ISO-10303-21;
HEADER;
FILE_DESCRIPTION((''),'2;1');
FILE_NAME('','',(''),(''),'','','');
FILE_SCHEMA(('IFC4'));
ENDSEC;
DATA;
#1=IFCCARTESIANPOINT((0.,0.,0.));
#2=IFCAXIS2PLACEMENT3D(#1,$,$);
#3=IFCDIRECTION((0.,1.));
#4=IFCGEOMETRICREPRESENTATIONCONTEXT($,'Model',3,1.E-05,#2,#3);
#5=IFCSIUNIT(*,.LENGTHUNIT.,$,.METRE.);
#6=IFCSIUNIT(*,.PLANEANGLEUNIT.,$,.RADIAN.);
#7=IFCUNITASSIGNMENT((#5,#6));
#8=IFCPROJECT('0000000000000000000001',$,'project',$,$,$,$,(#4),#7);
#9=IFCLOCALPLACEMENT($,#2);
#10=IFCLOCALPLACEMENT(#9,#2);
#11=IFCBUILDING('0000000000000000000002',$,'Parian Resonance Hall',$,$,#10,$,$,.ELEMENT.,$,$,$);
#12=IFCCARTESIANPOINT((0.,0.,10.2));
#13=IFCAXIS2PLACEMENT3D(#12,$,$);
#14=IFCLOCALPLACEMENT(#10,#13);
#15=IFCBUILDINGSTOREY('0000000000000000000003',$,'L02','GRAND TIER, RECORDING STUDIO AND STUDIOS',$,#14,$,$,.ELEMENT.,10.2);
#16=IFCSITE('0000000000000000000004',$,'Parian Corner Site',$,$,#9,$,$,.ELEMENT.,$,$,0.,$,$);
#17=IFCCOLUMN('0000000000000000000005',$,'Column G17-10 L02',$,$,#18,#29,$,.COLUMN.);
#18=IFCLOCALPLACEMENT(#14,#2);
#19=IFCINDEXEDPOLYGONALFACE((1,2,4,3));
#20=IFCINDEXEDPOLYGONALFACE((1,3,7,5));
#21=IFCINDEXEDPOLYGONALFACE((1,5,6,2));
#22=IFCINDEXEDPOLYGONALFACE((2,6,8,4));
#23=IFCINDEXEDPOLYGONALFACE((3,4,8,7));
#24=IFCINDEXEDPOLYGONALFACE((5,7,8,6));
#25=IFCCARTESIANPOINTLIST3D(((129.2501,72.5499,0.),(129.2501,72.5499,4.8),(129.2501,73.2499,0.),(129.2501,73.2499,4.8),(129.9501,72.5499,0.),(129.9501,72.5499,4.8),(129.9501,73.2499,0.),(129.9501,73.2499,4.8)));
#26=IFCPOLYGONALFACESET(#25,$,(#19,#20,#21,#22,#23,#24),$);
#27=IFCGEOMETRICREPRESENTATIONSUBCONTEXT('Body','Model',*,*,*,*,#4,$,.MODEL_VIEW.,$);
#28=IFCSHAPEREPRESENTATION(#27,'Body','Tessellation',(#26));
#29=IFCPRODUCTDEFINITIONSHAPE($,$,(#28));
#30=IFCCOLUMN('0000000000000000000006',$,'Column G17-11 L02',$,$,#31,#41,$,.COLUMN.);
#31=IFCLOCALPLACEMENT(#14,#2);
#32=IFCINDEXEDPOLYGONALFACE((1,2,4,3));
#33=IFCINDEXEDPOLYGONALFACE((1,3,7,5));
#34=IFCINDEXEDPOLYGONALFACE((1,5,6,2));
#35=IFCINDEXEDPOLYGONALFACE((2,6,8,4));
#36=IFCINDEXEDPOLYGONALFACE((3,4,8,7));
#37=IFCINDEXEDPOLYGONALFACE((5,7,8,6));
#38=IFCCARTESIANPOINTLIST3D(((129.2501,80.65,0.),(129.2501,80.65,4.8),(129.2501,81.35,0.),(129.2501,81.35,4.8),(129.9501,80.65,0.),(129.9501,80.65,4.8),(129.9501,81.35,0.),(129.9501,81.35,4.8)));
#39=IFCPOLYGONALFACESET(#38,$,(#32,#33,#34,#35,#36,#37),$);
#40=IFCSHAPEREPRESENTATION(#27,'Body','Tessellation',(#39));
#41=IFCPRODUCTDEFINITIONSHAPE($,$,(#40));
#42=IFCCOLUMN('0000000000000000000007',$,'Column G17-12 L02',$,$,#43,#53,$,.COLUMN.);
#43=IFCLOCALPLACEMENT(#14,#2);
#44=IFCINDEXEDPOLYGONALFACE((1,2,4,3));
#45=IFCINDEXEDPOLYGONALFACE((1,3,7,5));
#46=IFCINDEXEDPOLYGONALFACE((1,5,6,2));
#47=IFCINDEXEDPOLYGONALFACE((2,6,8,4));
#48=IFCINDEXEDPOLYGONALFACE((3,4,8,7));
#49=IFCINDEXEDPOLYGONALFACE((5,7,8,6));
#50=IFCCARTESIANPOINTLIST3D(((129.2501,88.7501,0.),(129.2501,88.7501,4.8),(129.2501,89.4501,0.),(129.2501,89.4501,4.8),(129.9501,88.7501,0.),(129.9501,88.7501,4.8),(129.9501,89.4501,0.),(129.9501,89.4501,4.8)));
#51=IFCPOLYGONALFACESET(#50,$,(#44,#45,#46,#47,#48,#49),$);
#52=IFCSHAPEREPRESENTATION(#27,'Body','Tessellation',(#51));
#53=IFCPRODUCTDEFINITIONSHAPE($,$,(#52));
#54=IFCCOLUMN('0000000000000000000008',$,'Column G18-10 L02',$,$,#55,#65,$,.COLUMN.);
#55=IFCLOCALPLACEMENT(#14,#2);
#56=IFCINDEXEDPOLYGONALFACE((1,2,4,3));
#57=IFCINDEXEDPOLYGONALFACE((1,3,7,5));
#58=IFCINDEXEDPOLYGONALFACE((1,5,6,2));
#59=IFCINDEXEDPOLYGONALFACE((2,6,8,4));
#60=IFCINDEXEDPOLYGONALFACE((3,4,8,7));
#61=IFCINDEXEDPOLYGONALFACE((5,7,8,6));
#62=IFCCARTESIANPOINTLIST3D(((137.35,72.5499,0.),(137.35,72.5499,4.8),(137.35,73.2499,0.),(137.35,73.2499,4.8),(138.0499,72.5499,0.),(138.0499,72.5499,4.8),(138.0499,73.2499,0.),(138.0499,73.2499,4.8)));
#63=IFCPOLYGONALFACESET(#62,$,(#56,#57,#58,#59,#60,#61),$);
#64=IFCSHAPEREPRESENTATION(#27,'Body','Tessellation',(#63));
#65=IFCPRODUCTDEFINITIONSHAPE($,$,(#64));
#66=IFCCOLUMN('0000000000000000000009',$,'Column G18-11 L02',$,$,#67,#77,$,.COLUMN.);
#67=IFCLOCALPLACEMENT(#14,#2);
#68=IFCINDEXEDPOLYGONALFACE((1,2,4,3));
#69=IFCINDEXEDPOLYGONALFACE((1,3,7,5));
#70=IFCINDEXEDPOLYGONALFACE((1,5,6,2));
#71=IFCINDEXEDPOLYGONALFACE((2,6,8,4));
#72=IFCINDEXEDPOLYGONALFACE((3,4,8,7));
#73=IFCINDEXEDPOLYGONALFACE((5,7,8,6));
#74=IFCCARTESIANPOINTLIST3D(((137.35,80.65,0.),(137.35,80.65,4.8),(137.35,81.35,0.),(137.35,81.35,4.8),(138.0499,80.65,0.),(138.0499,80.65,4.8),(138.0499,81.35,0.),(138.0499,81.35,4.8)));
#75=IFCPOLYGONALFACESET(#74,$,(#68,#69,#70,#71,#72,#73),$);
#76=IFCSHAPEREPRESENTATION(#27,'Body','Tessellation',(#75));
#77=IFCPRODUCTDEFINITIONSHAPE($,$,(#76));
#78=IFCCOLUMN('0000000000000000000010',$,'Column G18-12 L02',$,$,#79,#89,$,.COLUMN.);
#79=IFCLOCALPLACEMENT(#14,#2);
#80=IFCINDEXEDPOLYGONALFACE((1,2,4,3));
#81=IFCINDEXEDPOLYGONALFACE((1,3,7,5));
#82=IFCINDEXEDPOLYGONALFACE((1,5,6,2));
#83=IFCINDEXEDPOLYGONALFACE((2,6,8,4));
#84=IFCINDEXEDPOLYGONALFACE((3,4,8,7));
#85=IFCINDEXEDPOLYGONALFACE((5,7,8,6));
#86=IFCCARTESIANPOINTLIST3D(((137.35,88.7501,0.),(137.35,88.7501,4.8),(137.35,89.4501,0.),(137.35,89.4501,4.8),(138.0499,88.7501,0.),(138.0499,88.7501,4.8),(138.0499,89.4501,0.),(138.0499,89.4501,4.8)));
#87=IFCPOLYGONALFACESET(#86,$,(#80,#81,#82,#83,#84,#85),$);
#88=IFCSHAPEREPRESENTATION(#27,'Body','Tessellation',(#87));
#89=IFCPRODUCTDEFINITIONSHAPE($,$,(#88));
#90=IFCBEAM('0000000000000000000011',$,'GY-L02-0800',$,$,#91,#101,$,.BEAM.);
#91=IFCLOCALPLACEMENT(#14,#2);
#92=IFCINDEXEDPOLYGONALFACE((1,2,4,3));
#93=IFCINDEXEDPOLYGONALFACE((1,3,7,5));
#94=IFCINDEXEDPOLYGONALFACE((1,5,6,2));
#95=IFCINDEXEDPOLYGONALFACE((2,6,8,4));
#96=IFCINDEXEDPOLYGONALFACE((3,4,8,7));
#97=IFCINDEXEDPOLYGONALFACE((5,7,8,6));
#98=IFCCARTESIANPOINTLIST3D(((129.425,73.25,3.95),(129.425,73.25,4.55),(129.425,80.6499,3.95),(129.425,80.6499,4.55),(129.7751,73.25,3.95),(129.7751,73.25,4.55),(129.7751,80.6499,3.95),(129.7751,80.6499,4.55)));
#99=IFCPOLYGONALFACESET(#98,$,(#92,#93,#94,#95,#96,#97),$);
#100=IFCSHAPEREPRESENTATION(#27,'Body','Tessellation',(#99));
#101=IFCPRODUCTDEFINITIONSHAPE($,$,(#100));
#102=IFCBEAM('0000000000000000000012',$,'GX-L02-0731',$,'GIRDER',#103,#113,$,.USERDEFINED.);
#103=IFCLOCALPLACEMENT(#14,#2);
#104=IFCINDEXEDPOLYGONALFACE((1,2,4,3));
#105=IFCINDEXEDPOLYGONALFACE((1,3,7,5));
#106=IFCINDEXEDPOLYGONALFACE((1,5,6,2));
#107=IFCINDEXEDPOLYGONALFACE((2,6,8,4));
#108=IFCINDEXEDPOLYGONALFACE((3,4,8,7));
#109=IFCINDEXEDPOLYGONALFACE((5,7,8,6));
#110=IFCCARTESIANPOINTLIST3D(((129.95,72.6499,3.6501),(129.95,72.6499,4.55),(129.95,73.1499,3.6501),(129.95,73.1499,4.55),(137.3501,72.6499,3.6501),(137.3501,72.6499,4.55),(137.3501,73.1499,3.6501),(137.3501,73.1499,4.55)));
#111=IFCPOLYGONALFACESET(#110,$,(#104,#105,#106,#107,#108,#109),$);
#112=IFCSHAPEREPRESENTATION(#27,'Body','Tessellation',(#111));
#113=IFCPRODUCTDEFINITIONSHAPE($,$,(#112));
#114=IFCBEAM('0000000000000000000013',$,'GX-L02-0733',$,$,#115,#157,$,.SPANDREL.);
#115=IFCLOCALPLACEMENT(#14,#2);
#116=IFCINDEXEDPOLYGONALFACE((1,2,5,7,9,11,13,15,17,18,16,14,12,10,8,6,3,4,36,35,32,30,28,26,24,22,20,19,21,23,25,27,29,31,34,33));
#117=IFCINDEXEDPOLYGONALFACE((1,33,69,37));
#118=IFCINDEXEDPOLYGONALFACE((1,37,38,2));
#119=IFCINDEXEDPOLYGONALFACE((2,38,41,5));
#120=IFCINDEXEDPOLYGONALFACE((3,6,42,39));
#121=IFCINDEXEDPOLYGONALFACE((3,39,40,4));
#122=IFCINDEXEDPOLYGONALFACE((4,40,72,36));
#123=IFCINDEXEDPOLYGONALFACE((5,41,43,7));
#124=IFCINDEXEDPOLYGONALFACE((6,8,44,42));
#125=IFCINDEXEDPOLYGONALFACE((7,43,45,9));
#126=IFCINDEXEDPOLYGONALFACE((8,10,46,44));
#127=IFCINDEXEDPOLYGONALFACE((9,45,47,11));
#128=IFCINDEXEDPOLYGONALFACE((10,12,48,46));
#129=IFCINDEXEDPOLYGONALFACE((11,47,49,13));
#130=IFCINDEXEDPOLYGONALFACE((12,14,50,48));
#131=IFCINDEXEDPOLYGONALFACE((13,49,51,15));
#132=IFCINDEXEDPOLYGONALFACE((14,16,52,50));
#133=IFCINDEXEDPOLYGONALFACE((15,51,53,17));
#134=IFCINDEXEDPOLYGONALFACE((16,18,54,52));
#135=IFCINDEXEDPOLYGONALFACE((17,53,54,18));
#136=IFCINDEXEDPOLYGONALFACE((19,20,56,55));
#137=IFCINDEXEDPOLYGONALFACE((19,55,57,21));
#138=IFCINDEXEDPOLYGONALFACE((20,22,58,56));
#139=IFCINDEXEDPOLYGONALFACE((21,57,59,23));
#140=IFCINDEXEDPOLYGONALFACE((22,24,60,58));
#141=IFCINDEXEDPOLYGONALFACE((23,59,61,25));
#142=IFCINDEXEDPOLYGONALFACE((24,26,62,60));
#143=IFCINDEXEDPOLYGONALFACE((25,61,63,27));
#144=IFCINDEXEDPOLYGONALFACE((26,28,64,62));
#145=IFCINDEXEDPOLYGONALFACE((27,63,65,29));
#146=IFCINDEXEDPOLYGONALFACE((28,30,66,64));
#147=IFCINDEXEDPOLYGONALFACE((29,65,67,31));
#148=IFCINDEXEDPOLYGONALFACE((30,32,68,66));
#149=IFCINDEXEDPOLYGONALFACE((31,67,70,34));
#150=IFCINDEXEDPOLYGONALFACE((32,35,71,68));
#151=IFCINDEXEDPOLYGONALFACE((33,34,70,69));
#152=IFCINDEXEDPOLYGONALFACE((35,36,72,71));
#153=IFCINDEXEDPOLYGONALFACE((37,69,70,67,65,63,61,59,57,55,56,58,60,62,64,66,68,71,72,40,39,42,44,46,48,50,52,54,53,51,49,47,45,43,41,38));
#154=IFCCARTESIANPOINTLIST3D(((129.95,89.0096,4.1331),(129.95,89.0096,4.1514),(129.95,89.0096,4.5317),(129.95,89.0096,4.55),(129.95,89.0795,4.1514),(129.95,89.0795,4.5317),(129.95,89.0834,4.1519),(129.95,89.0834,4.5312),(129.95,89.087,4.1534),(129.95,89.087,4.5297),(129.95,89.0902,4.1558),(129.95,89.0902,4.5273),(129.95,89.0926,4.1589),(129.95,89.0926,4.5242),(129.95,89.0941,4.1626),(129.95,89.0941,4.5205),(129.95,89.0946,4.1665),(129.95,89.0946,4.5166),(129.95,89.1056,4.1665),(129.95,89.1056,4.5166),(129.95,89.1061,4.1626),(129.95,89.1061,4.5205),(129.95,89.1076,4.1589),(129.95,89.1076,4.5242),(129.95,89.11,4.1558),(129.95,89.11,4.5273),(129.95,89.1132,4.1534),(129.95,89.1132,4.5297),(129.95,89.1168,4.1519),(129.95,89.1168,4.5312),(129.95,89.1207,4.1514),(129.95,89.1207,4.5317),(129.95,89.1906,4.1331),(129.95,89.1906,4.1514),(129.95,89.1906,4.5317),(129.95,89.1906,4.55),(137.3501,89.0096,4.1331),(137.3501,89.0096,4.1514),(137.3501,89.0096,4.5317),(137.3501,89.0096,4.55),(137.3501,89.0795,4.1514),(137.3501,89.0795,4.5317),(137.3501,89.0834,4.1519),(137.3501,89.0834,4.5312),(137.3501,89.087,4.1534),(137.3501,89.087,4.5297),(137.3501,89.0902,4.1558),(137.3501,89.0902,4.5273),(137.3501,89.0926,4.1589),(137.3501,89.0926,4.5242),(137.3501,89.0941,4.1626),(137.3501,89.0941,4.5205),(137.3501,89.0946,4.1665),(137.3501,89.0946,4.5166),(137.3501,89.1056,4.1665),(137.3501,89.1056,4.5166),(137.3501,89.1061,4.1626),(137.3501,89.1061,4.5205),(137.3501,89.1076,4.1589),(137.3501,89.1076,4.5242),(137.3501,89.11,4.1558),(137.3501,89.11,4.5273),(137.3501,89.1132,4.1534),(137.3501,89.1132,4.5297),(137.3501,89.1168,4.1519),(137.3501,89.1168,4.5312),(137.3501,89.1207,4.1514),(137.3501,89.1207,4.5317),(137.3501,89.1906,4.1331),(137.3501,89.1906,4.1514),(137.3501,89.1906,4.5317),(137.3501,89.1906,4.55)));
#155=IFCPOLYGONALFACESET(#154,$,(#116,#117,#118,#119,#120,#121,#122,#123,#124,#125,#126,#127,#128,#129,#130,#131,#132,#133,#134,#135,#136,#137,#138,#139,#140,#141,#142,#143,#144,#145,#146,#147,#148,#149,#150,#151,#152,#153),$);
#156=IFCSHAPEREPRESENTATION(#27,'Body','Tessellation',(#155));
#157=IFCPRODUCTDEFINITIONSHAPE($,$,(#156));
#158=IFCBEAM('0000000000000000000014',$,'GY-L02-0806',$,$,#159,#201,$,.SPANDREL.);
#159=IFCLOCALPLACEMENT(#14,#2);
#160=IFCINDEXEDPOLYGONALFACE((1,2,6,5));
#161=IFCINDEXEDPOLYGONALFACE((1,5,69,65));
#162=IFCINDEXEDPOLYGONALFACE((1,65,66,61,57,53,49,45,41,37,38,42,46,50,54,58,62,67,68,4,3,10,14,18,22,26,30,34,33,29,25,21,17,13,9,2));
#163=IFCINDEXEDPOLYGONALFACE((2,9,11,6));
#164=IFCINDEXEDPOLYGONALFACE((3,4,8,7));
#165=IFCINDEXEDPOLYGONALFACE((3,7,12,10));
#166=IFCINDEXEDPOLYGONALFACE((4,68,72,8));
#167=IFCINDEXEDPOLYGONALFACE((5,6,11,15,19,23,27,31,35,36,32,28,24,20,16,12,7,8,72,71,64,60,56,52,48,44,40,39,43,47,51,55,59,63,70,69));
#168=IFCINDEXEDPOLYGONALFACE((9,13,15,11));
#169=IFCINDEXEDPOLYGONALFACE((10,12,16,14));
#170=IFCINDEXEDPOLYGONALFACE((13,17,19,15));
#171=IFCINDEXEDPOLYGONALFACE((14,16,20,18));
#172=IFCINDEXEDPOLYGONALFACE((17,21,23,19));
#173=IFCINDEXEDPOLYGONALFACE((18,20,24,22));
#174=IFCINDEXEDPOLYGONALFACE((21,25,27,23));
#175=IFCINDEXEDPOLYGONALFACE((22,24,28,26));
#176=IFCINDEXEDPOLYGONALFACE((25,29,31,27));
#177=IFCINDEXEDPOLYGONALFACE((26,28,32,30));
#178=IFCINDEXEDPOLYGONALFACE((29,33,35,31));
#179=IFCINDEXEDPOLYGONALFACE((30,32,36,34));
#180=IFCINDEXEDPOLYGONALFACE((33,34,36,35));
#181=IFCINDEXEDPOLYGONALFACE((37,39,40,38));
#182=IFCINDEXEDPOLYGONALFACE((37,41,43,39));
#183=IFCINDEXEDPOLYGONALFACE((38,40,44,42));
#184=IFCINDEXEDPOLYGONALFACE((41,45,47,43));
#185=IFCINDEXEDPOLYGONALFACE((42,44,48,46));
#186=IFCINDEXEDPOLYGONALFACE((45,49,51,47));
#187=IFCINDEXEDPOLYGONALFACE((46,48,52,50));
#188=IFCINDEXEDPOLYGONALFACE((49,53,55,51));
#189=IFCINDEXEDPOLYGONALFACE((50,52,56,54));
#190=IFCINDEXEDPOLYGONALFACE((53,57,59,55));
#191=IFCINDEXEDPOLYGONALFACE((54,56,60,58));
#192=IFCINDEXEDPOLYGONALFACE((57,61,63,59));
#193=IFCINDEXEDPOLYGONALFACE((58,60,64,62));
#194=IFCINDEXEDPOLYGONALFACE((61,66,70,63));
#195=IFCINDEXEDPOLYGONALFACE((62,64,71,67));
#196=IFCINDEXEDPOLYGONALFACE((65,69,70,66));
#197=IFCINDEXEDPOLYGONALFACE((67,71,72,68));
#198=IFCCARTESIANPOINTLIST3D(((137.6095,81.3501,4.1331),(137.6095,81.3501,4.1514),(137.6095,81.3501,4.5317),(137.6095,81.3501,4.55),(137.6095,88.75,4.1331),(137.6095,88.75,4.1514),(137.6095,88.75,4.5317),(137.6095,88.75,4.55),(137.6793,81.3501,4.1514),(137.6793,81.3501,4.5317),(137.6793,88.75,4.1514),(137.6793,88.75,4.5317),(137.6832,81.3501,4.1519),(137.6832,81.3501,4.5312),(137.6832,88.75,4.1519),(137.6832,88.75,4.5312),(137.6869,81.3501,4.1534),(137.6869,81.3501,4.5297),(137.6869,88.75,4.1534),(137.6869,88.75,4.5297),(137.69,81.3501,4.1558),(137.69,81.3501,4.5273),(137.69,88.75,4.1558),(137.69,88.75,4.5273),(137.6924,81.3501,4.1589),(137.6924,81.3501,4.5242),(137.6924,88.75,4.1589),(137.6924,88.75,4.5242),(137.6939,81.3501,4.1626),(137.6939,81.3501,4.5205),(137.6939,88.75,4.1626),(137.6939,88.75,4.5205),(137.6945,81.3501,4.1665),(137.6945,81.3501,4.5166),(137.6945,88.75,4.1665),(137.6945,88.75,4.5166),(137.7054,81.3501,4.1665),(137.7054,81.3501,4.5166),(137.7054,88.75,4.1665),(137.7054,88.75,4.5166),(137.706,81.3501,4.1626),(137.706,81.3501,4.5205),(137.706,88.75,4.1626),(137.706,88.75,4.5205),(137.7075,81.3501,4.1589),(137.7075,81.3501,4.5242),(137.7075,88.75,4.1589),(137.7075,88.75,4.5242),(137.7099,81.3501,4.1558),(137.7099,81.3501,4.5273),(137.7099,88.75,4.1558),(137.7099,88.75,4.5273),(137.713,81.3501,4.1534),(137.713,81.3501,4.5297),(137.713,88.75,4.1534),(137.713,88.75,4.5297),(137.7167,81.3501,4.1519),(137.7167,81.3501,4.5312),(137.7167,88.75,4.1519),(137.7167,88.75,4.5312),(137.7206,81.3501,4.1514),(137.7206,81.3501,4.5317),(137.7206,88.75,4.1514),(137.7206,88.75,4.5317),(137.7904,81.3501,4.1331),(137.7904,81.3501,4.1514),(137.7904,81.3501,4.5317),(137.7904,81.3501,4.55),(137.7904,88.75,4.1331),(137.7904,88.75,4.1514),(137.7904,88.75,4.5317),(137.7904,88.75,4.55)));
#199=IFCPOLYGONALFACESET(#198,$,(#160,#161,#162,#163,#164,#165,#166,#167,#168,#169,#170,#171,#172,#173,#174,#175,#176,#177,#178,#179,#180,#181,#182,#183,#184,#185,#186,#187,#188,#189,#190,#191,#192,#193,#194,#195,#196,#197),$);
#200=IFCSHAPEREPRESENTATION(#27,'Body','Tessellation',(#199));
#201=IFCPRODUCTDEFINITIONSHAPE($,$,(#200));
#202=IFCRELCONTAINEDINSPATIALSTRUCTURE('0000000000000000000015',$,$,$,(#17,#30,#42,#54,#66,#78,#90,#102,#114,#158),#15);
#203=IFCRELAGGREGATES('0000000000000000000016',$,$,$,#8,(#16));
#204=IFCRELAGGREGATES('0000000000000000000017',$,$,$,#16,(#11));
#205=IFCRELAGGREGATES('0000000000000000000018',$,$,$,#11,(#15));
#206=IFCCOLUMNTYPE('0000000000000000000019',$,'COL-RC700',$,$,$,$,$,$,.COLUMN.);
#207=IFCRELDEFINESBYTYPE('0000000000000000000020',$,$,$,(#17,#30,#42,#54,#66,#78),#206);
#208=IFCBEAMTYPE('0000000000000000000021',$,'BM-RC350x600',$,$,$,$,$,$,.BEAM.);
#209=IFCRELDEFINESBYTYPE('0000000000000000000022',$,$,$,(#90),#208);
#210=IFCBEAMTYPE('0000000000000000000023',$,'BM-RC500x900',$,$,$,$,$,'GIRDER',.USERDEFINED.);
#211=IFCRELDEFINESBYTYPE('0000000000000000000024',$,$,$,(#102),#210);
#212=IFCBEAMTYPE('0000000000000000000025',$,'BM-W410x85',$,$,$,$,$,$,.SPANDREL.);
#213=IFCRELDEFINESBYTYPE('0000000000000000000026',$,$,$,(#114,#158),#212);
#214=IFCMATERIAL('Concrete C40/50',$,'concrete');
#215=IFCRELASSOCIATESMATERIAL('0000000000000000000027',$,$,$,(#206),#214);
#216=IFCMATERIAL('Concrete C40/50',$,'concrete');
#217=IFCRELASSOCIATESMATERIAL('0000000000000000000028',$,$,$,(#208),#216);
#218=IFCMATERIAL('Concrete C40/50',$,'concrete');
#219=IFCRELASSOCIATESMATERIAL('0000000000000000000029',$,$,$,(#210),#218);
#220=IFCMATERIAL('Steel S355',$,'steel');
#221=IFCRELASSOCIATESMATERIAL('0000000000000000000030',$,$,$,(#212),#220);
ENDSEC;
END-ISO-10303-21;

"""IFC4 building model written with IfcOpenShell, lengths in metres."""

from ifc_helpers import new_model, si_unit, direction, frame, origin, origin_2d, place, context, subcontext, project, spatial, rectangle, i_section, extrude, material, material_profile, profile_set, type_object, element, save


model = new_model("IFC4")

# Units and contexts
model_context = context("Model", 3, precision=1e-05, world=origin(), true_north=direction((0.0, 1.0)))
body_context = subcontext(model_context, "Body", "Model", "MODEL_VIEW")
ifc_project = project(units=[si_unit("LENGTHUNIT", "METRE"), si_unit("PLANEANGLEUNIT", "RADIAN")], contexts=[model_context])

# Site, building, storey
site_placement = place(None, origin())
site = spatial("IfcSite", under=ifc_project, at=site_placement, Name="Parian Corner Site", CompositionType="ELEMENT", RefElevation=0.0)
building_placement = place(site_placement, origin())
building = spatial("IfcBuilding", under=site, at=building_placement, Name="Parian Resonance Hall", CompositionType="ELEMENT")
storey_placement = place(building_placement, frame((0.0, 0.0, 10.2)))
storey = spatial("IfcBuildingStorey", under=building, at=storey_placement, Name="L02", Description="GRAND TIER, RECORDING STUDIO AND STUDIOS", CompositionType="ELEMENT", Elevation=10.2)

# Columns
ifc_material_1 = material(Name="Concrete C40/50", Category="concrete")
ifc_material_profile_1 = material_profile(ifc_material_1, rectangle(XDim=0.7, YDim=0.7, at=origin_2d()), Name="RC-COL-700x700")
ifc_profile_set_1 = profile_set([ifc_material_profile_1], Name="Concrete C40/50")
column_type = type_object("IfcColumnType", Name="COL-RC700", PredefinedType="COLUMN", material=ifc_profile_set_1)
for number, where, z_axis, x_axis, name in (
    (1, (129.6001, 72.8999, 0.0), (0.0, 0.0, 1.0), (1.0, 0.0, 0.0), "Column G17-10 L02"),
    (2, (129.6001, 81.0, 0.0), (0.0, 0.0, 1.0), (1.0, 0.0, 0.0), "Column G17-11 L02"),
    (3, (129.6001, 89.1001, 0.0), (0.0, 0.0, 1.0), (1.0, 0.0, 0.0), "Column G17-12 L02"),
    (4, (137.7, 72.8999, 0.0), (0.0, 0.0, 1.0), (1.0, 0.0, 0.0), "Column G18-10 L02"),
    (5, (137.7, 81.0, 0.0), (0.0, 0.0, 1.0), (1.0, 0.0, 0.0), "Column G18-11 L02"),
    (6, (137.7, 89.1001, 0.0), (0.0, 0.0, 1.0), (1.0, 0.0, 0.0), "Column G18-12 L02"),
):
    element("IfcColumn", number, at=place(storey_placement, frame(where, z_axis=z_axis, x_axis=x_axis)), inside=storey, type_object=column_type, Name=name, PredefinedType="COLUMN", context=body_context, shape_type="SweptSolid", body=[
        extrude(rectangle(XDim=0.7, YDim=0.7, at=origin_2d()), origin(), (0.0, 0.0, 1.0), 4.8),
    ])

# Beams
ifc_material_2 = material(Name="Concrete C40/50", Category="concrete")
ifc_material_profile_2 = material_profile(ifc_material_2, rectangle(XDim=0.3501, YDim=0.6001, at=origin_2d()), Name="RC-BM-350x600")
ifc_profile_set_2 = profile_set([ifc_material_profile_2], Name="Concrete C40/50")
beam_type_1 = type_object("IfcBeamType", Name="BM-RC350x600", PredefinedType="BEAM", material=ifc_profile_set_2)
beam_1_placement = place(storey_placement, frame((129.6001, 73.25, 4.25), z_axis=(0.0, 1.0, 0.0), x_axis=(-1.0, 0.0, 0.0)))
element("IfcBeam", 7, at=beam_1_placement, inside=storey, type_object=beam_type_1, Name="GY-L02-0800", PredefinedType="BEAM", context=body_context, shape_type="SweptSolid", body=[
    extrude(rectangle(XDim=0.3501, YDim=0.6001, at=origin_2d()), origin(), (0.0, 0.0, 1.0), 7.3999),
])
ifc_material_3 = material(Name="Concrete C40/50", Category="concrete")
ifc_material_profile_3 = material_profile(ifc_material_3, rectangle(XDim=0.5, YDim=0.8999, at=origin_2d()), Name="RC-BM-500x900")
ifc_profile_set_3 = profile_set([ifc_material_profile_3], Name="Concrete C40/50")
beam_type_2 = type_object("IfcBeamType", Name="BM-RC500x900", ElementType="GIRDER", PredefinedType="USERDEFINED", material=ifc_profile_set_3)
beam_2_placement = place(storey_placement, frame((129.95, 72.8999, 4.1001), z_axis=(1.0, 0.0, 0.0), x_axis=(0.0, 1.0, 0.0)))
element("IfcBeam", 8, at=beam_2_placement, inside=storey, type_object=beam_type_2, Name="GX-L02-0731", ObjectType="GIRDER", PredefinedType="USERDEFINED", context=body_context, shape_type="SweptSolid", body=[
    extrude(rectangle(XDim=0.5, YDim=0.8999, at=origin_2d()), origin(), (0.0, 0.0, 1.0), 7.4001),
])
ifc_material_4 = material(Name="Steel S355", Category="steel")
ifc_material_profile_4 = material_profile(ifc_material_4, i_section(OverallWidth=0.1809, OverallDepth=0.417, WebThickness=0.011, FlangeThickness=0.0183, FilletRadius=0.0151, at=origin_2d()), Name="W410x85")
ifc_profile_set_4 = profile_set([ifc_material_profile_4], Name="Steel S355")
beam_type_3 = type_object("IfcBeamType", Name="BM-W410x85", PredefinedType="SPANDREL", material=ifc_profile_set_4)
beam_3_placement = place(storey_placement, frame((129.95, 89.1001, 4.3416), z_axis=(1.0, 0.0, 0.0), x_axis=(0.0, 1.0, 0.0)))
element("IfcBeam", 9, at=beam_3_placement, inside=storey, type_object=beam_type_3, Name="GX-L02-0733", PredefinedType="SPANDREL", context=body_context, shape_type="SweptSolid", body=[
    extrude(i_section(OverallWidth=0.1809, OverallDepth=0.417, WebThickness=0.011, FlangeThickness=0.0183, FilletRadius=0.0151, at=origin_2d()), origin(), (0.0, 0.0, 1.0), 7.4001),
])
beam_4_placement = place(storey_placement, frame((137.7, 81.3501, 4.3416), z_axis=(0.0, 1.0, 0.0), x_axis=(-1.0, 0.0, 0.0)))
element("IfcBeam", 10, at=beam_4_placement, inside=storey, type_object=beam_type_3, Name="GY-L02-0806", PredefinedType="SPANDREL", context=body_context, shape_type="SweptSolid", body=[
    extrude(i_section(OverallWidth=0.1809, OverallDepth=0.417, WebThickness=0.011, FlangeThickness=0.0183, FilletRadius=0.0151, at=origin_2d()), origin(), (0.0, 0.0, 1.0), 7.3999),
])

save(model, "model.ifc")
